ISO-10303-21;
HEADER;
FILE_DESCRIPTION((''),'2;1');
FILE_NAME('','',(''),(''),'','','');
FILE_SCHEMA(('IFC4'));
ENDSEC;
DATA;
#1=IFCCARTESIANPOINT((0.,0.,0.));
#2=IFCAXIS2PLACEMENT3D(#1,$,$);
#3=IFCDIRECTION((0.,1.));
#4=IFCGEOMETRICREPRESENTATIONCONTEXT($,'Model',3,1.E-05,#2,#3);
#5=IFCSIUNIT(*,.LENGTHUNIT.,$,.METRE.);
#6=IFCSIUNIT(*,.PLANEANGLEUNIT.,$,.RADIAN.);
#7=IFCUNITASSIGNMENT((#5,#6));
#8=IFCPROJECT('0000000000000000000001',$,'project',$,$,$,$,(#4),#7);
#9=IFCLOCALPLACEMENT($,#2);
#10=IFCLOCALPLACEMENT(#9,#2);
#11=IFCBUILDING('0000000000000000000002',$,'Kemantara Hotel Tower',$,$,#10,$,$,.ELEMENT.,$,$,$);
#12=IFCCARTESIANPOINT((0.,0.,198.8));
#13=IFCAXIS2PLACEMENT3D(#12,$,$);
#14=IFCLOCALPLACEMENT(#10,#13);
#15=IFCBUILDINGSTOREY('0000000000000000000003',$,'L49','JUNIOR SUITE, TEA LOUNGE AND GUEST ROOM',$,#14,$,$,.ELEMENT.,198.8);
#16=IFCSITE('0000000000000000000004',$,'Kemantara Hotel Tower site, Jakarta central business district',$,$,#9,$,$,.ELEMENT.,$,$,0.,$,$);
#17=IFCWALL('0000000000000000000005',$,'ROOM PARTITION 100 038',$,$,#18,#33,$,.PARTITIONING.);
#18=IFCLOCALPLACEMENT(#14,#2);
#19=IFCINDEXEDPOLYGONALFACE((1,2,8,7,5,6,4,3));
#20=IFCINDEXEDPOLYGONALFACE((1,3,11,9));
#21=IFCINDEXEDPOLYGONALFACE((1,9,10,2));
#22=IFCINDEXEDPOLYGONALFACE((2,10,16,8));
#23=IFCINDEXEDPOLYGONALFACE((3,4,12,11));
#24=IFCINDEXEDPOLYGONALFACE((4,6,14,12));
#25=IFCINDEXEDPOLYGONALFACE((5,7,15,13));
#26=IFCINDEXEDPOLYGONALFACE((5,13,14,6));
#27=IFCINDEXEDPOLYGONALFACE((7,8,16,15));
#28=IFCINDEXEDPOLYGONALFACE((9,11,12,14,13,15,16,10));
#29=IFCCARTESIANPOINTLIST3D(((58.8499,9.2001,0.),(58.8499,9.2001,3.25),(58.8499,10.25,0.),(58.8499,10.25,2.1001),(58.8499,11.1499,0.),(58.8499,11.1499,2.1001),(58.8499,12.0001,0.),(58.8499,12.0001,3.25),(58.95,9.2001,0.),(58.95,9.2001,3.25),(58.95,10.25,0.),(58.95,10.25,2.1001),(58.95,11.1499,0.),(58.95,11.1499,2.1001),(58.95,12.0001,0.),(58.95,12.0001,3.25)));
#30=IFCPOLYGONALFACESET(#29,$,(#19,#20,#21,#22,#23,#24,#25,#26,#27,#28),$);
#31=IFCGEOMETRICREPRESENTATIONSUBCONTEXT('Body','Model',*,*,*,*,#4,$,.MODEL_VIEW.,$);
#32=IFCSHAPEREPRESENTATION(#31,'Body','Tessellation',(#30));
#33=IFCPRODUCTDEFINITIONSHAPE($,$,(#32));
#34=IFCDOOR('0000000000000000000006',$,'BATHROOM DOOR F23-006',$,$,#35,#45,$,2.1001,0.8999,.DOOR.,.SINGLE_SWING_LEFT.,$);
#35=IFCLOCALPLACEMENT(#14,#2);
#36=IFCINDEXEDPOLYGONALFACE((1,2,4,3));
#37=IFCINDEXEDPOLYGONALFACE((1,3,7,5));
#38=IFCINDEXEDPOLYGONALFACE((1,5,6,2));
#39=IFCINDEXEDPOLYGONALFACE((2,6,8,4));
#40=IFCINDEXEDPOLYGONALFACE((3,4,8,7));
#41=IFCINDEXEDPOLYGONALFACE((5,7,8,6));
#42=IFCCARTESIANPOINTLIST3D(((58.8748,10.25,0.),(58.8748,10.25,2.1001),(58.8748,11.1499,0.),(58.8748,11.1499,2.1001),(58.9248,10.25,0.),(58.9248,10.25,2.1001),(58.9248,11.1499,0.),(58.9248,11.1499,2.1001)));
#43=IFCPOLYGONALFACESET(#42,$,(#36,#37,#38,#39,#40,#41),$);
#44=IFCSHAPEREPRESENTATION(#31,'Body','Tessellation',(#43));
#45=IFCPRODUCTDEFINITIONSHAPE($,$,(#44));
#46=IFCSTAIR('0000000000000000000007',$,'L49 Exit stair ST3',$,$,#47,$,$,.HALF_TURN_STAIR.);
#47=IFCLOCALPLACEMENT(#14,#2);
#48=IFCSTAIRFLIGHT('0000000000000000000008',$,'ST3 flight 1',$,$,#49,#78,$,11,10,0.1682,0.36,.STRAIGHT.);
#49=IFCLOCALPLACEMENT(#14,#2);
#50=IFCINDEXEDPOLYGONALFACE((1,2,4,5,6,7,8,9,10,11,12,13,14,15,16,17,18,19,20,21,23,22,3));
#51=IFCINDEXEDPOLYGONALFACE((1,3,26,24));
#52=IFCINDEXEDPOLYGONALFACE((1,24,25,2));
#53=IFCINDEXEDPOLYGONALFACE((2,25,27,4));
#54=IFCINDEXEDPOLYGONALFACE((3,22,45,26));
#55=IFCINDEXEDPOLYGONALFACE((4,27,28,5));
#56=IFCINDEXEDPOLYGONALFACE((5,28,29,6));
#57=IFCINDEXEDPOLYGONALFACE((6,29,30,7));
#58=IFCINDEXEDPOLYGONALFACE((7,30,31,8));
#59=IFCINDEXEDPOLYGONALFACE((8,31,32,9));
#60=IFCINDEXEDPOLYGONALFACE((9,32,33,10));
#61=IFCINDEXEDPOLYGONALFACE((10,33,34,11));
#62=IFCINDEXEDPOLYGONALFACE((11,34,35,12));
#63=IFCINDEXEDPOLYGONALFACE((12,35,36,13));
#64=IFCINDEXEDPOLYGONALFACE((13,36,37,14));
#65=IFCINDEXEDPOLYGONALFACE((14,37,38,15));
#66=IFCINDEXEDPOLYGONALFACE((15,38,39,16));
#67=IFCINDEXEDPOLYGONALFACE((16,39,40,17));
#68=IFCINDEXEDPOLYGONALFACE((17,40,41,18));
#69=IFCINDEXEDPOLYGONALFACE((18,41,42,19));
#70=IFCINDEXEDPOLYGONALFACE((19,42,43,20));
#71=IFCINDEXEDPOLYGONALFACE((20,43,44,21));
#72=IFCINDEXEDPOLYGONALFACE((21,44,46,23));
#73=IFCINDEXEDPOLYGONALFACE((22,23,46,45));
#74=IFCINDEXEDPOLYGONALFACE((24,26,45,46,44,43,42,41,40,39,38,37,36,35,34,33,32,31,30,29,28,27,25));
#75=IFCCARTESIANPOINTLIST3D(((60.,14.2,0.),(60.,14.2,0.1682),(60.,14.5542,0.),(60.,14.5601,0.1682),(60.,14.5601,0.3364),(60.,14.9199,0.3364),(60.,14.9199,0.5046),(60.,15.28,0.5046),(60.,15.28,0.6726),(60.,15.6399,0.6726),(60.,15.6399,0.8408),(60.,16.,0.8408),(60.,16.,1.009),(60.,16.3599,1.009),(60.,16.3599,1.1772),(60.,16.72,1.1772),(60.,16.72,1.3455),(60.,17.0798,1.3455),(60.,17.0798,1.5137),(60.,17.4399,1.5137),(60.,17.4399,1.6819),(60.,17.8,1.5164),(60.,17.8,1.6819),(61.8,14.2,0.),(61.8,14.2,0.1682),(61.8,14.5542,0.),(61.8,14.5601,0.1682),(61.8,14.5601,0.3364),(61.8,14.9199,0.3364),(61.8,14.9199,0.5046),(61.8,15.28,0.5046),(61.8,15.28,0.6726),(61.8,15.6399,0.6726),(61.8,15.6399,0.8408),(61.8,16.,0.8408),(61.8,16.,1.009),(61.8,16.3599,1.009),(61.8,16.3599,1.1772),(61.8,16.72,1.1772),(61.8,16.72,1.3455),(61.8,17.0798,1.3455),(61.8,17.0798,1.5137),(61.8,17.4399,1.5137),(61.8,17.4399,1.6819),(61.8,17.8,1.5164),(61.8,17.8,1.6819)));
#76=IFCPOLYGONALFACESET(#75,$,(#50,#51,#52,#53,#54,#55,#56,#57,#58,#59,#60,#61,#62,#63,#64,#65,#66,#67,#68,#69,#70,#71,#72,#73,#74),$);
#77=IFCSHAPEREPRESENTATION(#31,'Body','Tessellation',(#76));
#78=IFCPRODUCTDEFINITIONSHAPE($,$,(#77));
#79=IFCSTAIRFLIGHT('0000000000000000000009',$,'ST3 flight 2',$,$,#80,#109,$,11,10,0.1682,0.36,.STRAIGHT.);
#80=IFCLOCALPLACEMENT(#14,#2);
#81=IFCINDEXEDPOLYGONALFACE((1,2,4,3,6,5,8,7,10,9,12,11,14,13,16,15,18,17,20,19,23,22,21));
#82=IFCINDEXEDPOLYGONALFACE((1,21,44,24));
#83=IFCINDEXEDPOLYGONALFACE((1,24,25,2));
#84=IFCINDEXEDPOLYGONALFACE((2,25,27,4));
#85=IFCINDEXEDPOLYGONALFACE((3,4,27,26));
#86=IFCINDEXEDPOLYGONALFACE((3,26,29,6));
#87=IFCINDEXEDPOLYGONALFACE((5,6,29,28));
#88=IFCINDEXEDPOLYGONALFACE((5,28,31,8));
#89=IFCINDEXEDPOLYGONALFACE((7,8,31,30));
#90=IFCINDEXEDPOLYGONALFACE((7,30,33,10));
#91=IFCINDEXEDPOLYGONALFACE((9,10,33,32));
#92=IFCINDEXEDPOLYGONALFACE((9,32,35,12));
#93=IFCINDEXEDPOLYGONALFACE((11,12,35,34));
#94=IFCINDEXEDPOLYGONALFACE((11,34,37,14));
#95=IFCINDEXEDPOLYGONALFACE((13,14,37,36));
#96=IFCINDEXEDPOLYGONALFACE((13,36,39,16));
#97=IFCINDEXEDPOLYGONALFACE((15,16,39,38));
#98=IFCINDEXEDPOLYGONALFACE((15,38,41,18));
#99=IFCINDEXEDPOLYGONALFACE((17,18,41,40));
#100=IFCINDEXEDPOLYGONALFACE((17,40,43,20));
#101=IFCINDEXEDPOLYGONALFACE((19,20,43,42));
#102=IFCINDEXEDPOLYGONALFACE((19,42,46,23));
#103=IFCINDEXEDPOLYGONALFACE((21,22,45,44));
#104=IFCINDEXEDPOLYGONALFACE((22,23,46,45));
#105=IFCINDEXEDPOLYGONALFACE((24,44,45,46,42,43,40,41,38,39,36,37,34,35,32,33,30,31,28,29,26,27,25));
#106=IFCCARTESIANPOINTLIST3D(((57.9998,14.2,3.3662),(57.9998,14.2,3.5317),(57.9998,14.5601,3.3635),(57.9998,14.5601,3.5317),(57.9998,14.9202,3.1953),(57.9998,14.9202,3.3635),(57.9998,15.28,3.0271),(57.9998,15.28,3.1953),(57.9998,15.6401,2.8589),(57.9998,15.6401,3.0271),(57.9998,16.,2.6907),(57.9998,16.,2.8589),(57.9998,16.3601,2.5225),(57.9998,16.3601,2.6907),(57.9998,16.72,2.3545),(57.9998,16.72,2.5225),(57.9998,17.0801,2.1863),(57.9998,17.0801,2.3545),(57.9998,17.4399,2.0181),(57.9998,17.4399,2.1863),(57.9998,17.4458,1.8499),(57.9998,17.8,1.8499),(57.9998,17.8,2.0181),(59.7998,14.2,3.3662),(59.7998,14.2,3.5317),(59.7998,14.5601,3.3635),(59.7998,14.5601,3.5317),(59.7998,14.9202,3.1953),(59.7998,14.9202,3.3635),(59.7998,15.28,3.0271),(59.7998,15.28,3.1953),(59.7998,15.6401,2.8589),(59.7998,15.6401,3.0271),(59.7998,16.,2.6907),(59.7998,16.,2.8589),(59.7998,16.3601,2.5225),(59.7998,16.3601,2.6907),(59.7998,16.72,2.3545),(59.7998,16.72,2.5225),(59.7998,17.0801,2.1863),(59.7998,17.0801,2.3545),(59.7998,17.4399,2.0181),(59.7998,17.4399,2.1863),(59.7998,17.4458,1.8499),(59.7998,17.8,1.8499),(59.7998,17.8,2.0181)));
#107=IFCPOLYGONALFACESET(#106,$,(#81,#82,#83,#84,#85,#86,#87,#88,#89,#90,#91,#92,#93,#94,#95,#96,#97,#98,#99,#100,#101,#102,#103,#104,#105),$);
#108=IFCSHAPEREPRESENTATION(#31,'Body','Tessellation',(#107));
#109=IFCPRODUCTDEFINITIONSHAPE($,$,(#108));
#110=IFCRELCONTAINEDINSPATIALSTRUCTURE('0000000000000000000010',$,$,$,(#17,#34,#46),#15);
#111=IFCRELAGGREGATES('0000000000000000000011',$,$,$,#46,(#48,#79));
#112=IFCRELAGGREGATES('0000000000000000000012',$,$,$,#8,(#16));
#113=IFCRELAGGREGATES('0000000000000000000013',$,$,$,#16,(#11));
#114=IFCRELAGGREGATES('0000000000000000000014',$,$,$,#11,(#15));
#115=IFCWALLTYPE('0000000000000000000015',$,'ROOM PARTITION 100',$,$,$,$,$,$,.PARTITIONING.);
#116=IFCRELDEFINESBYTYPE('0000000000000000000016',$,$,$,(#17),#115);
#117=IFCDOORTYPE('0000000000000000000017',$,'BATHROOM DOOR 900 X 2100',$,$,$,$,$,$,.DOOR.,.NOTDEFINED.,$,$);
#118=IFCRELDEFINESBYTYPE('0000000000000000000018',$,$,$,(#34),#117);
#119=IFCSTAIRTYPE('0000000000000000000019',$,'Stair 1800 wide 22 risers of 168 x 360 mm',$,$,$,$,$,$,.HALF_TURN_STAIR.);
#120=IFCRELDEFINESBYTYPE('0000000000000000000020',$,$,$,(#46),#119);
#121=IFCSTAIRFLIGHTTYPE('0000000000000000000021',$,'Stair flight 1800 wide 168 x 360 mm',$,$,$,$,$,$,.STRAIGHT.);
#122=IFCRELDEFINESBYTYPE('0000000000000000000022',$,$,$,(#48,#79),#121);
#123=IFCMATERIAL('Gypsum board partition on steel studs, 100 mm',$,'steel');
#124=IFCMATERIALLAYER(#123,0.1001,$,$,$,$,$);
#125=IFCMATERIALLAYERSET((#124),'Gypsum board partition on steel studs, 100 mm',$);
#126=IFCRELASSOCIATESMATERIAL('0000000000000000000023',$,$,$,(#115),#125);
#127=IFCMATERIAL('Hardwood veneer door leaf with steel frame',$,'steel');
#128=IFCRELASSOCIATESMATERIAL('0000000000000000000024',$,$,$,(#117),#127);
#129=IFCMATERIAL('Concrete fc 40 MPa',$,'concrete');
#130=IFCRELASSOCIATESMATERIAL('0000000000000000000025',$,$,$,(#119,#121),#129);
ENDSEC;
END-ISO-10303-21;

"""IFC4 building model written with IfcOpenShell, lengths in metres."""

from ifc_helpers import new_model, si_unit, direction, frame, frame_2d, origin, place, context, subcontext, project, spatial, polyline, rectangle, outline, extrude, material, layer, layer_set, type_object, element, fill, aggregate, save


model = new_model("IFC4")

# Units and contexts
model_context = context("Model", 3, precision=1e-05, world=origin(), true_north=direction((0.0, 1.0)))
body_context = subcontext(model_context, "Body", "Model", "MODEL_VIEW")
ifc_project = project(units=[si_unit("LENGTHUNIT", "METRE"), si_unit("PLANEANGLEUNIT", "RADIAN")], contexts=[model_context])

# Site, building, storey
site_placement = place(None, origin())
site = spatial("IfcSite", under=ifc_project, at=site_placement, Name="Kemantara Hotel Tower site, Jakarta central business district", CompositionType="ELEMENT", RefElevation=0.0)
building_placement = place(site_placement, origin())
building = spatial("IfcBuilding", under=site, at=building_placement, Name="Kemantara Hotel Tower", CompositionType="ELEMENT")
storey_placement = place(building_placement, frame((0.0, 0.0, 198.8)))
storey = spatial("IfcBuildingStorey", under=building, at=storey_placement, Name="L49", Description="JUNIOR SUITE, TEA LOUNGE AND GUEST ROOM", CompositionType="ELEMENT", Elevation=198.8)

# Shared definitions
ifc_material_1 = material(Name="Hardwood veneer door leaf with steel frame", Category="steel")

# Shared definitions
ifc_material_2 = material(Name="Concrete fc 40 MPa", Category="concrete")

# Wall, opening, door
ifc_material_3 = material(Name="Gypsum board partition on steel studs, 100 mm", Category="steel")
ifc_layer_1 = layer(ifc_material_3, 0.1001)
ifc_layer_set_1 = layer_set([ifc_layer_1], Name="Gypsum board partition on steel studs, 100 mm")
wall_type_1 = type_object("IfcWallType", Name="ROOM PARTITION 100", PredefinedType="PARTITIONING", material=ifc_layer_set_1)
door_type_1 = type_object("IfcDoorType", Name="BATHROOM DOOR 900 X 2100", OperationType="NOTDEFINED", PredefinedType="DOOR", material=ifc_material_1)
wall_1_placement = place(storey_placement, frame((58.8999, 12.0, 0.0), z_axis=(0.0, 0.0, 1.0), x_axis=(0.0, -1.0, 0.0)))
wall_1 = element("IfcWall", 1, at=wall_1_placement, inside=storey, type_object=wall_type_1, Name="ROOM PARTITION 100 038", PredefinedType="PARTITIONING", context=body_context, shape_type="SweptSolid", body=[
    extrude(rectangle(XDim=2.8, YDim=0.1001, at=frame_2d((1.3999, 0.0))), origin(), (0.0, 0.0, 1.0), 3.25),
])
opening_1_placement = place(wall_1_placement, frame((0.8501, 0.0, 0.0)))
opening_1 = element("IfcOpeningElement", 2, at=opening_1_placement, cuts=wall_1, PredefinedType="OPENING", context=body_context, shape_type="SweptSolid", body=[
    extrude(rectangle(XDim=0.8999, YDim=2.1001, at=frame_2d((0.45, 1.05))), frame((0.0, 0.0601, 0.0), z_axis=(0.0, -1.0, 0.0), x_axis=(1.0, 0.0, 0.0)), (0.0, 0.0, 1.0), 0.1201),
])
door_1_placement = place(opening_1_placement, origin())
door_1 = element("IfcDoor", 3, at=door_1_placement, inside=storey, type_object=door_type_1, Name="BATHROOM DOOR F23-006", OperationType="SINGLE_SWING_LEFT", OverallHeight=2.1001, OverallWidth=0.8999, PredefinedType="DOOR", context=body_context, shape_type="SweptSolid", body=[
    extrude(rectangle(XDim=0.8999, YDim=2.1001, at=frame_2d((0.45, 1.05))), frame((0.0, 0.0249, 0.0), z_axis=(0.0, -1.0, 0.0), x_axis=(1.0, 0.0, 0.0)), (0.0, 0.0, 1.0), 0.05),
])
fill(opening_1, door_1)

# Stair, stair flights
stair_type = type_object("IfcStairType", Name="Stair 1800 wide 22 risers of 168 x 360 mm", PredefinedType="HALF_TURN_STAIR", material=ifc_material_2)
stair_placement = place(storey_placement, origin())
stair = element("IfcStair", 4, at=stair_placement, inside=storey, type_object=stair_type, Name="L49 Exit stair ST3", PredefinedType="HALF_TURN_STAIR")
stair_flight_type = type_object("IfcStairFlightType", Name="Stair flight 1800 wide 168 x 360 mm", PredefinedType="STRAIGHT", material=ifc_material_2)
stair_flight_1_placement = place(storey_placement, frame((60.8999, 14.2, 0.0), z_axis=(0.0, 0.0, 1.0), x_axis=(0.0, 1.0, 0.0)))
stair_flight_1 = element("IfcStairFlight", 5, at=stair_flight_1_placement, type_object=stair_flight_type, Name="ST3 flight 1", NumberOfRisers=11, NumberOfTreads=10, PredefinedType="STRAIGHT", RiserHeight=0.1682, TreadLength=0.36, context=body_context, shape_type="SweptSolid", body=[
    extrude(outline(polyline([(0.0, 0.0), (0.0, 0.1682), (0.3601, 0.1682), (0.3601, 0.3364), (0.72, 0.3364), (0.72, 0.5046), (1.0801, 0.5046), (1.0801, 0.6726), (1.4399, 0.6726), (1.4399, 0.8408), (1.8, 0.8408), (1.8, 1.009), (2.1599, 1.009), (2.1599, 1.1772), (2.52, 1.1772), (2.52, 1.3455), (2.8799, 1.3455), (2.8799, 1.5137), (3.24, 1.5137), (3.24, 1.6819), (3.6001, 1.6819), (3.6001, 1.8501), (3.6001, 1.5164), (0.3542, 0.0), (0.0, 0.0)])), frame((0.0, 0.8999, 0.0), z_axis=(0.0, -1.0, 0.0), x_axis=(1.0, 0.0, 0.0)), (0.0, 0.0, 1.0), 1.8),
])
stair_flight_2_placement = place(storey_placement, frame((58.8999, 17.8, 1.8499), z_axis=(0.0, 0.0, 1.0), x_axis=(0.0, -1.0, 0.0)))
stair_flight_2 = element("IfcStairFlight", 6, at=stair_flight_2_placement, type_object=stair_flight_type, Name="ST3 flight 2", NumberOfRisers=11, NumberOfTreads=10, PredefinedType="STRAIGHT", RiserHeight=0.1682, TreadLength=0.36, context=body_context, shape_type="SweptSolid", body=[
    extrude(outline(polyline([(0.0, 0.0), (0.0, 0.1682), (0.3601, 0.1682), (0.3601, 0.3364), (0.72, 0.3364), (0.72, 0.5046), (1.0801, 0.5046), (1.0801, 0.6726), (1.4399, 0.6726), (1.4399, 0.8408), (1.8, 0.8408), (1.8, 1.009), (2.1599, 1.009), (2.1599, 1.1772), (2.52, 1.1772), (2.52, 1.3455), (2.8799, 1.3455), (2.8799, 1.5137), (3.24, 1.5137), (3.24, 1.6819), (3.6001, 1.6819), (3.6001, 1.8501), (3.6001, 1.5164), (0.3542, 0.0), (0.0, 0.0)])), frame((0.0, 0.8999, 0.0), z_axis=(0.0, -1.0, 0.0), x_axis=(1.0, 0.0, 0.0)), (0.0, 0.0, 1.0), 1.8),
])
aggregate(stair, [stair_flight_1, stair_flight_2])

save(model, "model.ifc")
